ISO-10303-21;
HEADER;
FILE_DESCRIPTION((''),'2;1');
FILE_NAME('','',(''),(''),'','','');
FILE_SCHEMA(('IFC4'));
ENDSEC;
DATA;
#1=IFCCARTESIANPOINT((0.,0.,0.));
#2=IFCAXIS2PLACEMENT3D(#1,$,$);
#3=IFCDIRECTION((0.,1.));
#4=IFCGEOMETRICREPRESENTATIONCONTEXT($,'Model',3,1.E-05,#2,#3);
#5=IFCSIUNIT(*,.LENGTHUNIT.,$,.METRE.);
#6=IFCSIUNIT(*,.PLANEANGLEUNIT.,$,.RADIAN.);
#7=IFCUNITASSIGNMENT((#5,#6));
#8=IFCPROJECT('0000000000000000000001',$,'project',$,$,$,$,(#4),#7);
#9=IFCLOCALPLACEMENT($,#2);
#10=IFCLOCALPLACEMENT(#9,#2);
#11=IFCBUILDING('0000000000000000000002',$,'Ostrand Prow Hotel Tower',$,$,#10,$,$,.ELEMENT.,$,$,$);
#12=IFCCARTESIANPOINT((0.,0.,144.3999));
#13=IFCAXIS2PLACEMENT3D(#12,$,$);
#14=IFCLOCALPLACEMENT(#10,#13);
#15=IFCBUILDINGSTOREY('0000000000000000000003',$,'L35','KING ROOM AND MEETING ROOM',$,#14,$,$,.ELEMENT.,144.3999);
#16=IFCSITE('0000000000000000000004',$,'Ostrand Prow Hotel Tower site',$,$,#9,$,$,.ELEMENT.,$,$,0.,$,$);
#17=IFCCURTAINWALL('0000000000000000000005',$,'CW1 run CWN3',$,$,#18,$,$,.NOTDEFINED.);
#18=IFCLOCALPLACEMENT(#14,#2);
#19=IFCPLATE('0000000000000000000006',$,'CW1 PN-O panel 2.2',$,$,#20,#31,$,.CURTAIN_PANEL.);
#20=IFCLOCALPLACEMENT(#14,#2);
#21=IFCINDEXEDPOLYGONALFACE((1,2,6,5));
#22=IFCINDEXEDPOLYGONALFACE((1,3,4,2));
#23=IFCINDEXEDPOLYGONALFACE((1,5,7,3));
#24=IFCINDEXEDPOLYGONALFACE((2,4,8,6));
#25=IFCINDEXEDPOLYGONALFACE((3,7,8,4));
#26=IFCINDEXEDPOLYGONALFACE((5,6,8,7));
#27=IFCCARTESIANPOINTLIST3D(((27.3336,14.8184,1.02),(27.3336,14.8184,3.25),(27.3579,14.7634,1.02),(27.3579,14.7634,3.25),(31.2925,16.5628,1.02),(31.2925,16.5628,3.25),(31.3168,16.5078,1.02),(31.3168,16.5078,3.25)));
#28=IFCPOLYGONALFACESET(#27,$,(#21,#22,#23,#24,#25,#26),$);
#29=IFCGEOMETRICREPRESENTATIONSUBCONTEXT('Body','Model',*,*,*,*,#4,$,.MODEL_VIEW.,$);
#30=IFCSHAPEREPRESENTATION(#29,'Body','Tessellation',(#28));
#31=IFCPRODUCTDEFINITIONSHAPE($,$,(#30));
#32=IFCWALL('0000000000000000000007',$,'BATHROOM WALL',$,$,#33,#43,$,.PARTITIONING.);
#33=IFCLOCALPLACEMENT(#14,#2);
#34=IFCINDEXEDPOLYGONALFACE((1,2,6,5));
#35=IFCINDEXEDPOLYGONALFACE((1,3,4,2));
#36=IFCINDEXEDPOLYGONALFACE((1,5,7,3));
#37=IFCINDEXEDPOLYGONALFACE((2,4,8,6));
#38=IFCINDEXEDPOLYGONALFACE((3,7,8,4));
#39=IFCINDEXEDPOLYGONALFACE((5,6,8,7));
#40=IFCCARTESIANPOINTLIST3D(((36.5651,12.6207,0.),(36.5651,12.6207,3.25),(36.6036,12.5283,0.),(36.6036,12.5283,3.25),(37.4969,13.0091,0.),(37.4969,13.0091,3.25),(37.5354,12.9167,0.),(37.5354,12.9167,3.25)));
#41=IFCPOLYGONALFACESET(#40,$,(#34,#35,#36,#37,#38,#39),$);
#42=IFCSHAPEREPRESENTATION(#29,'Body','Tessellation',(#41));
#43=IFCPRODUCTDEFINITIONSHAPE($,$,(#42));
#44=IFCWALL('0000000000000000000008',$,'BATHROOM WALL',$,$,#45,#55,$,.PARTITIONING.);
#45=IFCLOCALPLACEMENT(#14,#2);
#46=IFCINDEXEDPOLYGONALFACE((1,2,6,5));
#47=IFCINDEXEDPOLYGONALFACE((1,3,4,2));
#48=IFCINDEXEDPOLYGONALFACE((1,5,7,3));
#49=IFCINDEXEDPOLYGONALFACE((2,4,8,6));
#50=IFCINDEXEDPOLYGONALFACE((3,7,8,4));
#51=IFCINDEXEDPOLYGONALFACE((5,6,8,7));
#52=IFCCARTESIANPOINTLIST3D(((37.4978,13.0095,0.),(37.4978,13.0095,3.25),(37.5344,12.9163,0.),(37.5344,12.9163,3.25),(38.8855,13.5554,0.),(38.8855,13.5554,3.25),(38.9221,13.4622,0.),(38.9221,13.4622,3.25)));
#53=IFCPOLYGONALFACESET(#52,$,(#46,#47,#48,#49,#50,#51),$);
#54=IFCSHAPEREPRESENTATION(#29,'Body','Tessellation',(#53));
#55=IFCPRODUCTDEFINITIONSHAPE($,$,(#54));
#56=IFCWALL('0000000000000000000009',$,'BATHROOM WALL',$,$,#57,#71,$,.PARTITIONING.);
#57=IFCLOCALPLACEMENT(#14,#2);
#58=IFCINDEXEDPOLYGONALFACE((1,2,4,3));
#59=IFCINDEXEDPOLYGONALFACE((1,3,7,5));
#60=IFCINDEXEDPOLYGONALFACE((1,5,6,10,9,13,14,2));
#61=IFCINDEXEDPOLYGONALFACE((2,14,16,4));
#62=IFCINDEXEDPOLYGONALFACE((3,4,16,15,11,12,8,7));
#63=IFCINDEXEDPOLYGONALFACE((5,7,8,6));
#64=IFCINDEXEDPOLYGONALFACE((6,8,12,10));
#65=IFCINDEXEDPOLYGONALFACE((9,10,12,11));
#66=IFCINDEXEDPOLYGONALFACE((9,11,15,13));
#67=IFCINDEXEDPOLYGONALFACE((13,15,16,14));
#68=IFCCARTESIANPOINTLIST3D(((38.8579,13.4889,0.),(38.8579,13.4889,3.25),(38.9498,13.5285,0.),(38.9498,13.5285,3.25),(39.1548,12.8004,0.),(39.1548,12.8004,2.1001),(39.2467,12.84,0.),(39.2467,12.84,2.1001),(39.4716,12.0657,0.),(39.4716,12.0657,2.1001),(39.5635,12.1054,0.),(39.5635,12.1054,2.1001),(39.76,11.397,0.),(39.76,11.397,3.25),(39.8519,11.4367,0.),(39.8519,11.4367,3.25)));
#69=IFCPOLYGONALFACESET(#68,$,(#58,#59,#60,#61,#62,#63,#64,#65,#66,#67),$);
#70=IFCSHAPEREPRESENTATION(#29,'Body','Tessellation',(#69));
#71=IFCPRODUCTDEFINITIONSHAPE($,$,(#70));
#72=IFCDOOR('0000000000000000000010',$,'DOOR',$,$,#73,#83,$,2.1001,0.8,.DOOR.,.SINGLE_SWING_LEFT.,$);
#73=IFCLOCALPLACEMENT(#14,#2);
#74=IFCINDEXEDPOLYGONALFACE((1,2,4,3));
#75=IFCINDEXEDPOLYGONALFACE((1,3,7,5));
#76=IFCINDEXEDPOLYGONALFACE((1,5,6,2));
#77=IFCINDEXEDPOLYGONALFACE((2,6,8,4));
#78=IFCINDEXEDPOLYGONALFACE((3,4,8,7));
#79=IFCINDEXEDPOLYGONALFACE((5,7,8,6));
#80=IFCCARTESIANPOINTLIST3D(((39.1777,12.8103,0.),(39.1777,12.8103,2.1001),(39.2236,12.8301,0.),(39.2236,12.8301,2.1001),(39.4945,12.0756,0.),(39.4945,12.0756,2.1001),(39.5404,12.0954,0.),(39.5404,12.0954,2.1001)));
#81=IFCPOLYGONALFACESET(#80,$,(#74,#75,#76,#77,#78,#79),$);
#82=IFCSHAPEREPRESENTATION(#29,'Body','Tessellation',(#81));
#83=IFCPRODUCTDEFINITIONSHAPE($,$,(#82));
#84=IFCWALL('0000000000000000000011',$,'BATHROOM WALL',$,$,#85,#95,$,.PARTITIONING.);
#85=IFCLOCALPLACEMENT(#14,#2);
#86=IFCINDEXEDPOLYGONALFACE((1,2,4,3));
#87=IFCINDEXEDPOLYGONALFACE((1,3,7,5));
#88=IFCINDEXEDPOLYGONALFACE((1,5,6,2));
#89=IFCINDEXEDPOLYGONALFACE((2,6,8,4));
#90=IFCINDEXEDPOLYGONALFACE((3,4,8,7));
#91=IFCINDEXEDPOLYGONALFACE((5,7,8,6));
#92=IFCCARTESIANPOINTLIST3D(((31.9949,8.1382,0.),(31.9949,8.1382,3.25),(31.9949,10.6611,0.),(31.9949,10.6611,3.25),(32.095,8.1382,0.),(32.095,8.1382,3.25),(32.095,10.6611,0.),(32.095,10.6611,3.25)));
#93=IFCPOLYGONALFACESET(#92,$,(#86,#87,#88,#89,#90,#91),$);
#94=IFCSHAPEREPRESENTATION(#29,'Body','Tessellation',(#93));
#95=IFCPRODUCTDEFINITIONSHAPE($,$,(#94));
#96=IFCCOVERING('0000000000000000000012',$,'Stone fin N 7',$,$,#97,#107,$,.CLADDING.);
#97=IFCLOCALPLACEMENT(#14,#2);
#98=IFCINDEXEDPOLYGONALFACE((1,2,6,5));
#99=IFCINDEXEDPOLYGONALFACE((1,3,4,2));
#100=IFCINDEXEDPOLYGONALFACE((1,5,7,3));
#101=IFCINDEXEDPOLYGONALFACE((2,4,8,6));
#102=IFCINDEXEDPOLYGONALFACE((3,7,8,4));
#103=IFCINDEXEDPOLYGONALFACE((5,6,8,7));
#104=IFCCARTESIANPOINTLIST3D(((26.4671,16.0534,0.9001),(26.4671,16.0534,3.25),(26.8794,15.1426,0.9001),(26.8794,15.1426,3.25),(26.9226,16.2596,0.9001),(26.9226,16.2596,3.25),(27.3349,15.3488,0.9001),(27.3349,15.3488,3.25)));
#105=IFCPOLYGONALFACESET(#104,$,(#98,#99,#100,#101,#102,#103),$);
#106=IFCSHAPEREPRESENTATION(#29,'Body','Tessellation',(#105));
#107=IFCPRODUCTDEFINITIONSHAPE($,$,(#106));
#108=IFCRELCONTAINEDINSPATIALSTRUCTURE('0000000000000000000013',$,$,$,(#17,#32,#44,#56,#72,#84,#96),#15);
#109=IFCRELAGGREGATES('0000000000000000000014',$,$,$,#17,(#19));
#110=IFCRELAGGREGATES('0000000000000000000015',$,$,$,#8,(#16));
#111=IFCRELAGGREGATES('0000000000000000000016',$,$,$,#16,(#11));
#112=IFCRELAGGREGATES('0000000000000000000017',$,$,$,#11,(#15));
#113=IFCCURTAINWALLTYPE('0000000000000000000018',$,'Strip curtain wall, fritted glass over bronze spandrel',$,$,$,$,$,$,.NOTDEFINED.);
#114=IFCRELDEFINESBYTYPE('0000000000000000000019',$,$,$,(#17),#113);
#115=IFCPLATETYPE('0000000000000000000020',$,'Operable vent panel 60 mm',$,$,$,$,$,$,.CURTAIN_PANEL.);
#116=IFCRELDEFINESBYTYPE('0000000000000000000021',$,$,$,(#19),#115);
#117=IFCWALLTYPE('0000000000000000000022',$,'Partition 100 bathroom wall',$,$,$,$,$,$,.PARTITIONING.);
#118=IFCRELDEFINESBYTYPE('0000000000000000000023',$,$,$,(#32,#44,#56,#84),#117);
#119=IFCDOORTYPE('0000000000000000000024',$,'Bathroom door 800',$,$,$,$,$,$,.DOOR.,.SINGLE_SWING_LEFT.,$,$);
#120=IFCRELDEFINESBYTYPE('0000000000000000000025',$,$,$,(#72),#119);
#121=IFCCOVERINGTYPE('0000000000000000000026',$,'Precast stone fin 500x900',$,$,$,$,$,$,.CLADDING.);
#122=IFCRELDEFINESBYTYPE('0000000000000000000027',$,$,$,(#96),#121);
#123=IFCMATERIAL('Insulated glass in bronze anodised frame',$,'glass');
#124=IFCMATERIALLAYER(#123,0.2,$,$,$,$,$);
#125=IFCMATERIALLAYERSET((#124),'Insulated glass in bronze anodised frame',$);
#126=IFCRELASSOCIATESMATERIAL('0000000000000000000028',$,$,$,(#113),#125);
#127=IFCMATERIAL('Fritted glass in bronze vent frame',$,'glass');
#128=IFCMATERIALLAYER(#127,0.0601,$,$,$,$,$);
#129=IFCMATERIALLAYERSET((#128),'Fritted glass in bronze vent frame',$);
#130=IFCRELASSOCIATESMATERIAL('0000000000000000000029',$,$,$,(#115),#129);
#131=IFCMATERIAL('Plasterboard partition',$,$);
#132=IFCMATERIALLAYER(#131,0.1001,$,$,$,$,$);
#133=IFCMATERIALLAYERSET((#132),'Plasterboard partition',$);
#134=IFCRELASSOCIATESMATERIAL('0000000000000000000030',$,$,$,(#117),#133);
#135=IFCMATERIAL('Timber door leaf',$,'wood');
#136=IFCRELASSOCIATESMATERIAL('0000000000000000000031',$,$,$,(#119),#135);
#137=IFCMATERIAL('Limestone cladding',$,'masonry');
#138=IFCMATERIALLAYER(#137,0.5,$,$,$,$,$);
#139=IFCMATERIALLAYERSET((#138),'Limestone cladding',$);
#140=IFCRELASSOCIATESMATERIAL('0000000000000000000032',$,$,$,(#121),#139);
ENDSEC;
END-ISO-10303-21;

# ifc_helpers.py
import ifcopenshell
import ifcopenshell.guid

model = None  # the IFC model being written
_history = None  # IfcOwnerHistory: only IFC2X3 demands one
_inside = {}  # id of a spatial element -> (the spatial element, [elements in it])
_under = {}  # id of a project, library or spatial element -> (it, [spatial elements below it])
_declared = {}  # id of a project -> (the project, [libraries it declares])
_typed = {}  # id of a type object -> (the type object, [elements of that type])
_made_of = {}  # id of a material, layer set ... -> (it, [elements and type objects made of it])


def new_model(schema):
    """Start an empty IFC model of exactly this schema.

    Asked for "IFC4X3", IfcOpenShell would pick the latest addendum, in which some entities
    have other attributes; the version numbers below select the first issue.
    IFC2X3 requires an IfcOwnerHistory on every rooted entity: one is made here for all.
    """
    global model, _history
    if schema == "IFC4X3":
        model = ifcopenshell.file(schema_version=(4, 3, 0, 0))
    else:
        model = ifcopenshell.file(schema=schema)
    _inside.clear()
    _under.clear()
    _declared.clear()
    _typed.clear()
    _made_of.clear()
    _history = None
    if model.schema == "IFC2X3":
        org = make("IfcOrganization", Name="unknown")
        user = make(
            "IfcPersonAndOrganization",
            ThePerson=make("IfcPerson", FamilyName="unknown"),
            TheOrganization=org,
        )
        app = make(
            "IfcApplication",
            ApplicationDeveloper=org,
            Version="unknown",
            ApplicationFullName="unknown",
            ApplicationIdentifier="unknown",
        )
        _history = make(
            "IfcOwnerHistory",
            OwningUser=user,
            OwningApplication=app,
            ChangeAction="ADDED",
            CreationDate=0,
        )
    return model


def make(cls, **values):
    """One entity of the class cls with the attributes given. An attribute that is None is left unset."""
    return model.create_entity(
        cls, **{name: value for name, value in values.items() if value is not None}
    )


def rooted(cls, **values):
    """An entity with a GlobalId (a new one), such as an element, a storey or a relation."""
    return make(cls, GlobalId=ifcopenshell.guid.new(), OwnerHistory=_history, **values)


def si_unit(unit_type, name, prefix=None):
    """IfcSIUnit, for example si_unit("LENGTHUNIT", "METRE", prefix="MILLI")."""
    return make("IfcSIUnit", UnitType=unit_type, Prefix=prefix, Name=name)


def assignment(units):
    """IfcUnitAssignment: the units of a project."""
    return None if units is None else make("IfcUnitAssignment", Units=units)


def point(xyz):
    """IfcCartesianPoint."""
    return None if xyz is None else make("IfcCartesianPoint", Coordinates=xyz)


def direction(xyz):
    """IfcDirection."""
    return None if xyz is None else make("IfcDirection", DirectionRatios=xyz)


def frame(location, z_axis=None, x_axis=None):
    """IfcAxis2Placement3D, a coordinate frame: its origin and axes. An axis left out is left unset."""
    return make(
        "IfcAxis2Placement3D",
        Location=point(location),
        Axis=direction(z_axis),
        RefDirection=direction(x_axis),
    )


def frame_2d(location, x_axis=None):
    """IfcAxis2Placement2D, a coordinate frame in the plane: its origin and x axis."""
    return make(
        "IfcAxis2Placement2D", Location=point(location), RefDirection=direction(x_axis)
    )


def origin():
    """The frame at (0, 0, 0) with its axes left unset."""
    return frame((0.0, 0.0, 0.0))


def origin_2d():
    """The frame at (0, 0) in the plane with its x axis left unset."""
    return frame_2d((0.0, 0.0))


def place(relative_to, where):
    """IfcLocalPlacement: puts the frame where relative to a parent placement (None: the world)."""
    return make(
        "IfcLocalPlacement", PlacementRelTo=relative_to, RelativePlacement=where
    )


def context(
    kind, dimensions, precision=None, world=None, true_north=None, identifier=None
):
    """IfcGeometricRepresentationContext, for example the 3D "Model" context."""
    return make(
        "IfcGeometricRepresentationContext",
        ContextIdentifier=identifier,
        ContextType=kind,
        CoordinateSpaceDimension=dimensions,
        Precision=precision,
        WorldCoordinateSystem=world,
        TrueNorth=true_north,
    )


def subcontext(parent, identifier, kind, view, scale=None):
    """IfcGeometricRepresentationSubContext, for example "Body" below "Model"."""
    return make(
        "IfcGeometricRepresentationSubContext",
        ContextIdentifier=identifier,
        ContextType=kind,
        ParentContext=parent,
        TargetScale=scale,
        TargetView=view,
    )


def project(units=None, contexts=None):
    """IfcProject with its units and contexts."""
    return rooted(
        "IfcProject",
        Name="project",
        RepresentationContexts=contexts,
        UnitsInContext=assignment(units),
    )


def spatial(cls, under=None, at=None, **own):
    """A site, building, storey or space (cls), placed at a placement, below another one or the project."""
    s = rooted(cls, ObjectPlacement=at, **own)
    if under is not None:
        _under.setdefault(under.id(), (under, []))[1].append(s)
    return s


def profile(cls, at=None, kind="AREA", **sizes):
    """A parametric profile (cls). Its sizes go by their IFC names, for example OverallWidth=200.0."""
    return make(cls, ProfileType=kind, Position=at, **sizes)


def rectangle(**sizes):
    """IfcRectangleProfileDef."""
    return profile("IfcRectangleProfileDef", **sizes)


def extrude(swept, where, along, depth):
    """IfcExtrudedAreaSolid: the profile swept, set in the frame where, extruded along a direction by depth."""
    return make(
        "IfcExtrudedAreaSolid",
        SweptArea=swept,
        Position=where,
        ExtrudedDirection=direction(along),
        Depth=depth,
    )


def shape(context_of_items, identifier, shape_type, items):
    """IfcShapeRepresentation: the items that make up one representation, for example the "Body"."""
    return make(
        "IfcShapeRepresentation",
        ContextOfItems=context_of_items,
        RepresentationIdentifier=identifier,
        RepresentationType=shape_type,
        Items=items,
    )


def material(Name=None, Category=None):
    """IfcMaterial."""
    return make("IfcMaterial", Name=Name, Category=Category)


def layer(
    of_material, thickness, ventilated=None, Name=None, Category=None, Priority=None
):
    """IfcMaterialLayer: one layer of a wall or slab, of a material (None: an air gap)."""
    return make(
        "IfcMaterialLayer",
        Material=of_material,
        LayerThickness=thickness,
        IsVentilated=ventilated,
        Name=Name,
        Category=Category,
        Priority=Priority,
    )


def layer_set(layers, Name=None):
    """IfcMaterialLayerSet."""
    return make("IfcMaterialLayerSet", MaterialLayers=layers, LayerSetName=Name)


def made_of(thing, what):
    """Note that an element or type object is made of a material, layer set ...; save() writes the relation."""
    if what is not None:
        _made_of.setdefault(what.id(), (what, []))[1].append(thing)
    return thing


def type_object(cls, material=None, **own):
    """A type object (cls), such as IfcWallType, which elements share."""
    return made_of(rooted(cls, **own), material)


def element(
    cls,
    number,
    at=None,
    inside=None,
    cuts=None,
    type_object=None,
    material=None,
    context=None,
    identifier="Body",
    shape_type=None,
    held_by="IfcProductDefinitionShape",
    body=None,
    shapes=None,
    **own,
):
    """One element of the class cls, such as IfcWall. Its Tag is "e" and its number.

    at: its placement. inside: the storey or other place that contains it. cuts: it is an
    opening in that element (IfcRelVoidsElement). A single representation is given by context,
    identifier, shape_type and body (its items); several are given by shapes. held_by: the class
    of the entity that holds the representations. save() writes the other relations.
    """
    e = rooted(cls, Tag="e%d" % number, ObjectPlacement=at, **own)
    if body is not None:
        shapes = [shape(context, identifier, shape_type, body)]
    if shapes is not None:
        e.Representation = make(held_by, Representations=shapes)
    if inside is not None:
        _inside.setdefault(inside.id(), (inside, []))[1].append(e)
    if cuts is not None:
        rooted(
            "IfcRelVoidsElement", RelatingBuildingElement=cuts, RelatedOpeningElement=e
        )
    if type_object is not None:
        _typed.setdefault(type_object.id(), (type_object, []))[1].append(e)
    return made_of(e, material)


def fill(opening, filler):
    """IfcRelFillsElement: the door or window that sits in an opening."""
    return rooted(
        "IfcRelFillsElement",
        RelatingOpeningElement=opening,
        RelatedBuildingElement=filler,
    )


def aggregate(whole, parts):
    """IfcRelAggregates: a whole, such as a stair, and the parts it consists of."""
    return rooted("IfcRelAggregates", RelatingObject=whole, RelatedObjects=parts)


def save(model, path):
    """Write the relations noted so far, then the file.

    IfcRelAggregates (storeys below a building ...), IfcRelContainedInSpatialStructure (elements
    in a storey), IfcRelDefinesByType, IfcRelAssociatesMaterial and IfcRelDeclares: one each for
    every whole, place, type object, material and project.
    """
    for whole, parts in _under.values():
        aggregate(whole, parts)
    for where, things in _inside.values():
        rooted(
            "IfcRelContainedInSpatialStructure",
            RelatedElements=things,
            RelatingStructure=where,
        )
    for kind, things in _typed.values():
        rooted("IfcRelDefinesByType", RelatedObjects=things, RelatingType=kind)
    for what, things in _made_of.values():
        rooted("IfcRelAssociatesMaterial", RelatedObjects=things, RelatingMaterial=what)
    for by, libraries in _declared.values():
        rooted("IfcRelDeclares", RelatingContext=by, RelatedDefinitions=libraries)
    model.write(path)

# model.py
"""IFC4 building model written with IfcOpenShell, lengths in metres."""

from ifc_helpers import new_model, si_unit, direction, frame, frame_2d, origin, origin_2d, place, context, subcontext, project, spatial, rectangle, extrude, material, layer, layer_set, type_object, element, fill, aggregate, save


model = new_model("IFC4")

# Units and contexts
model_context = context("Model", 3, precision=1e-05, world=origin(), true_north=direction((0.0, 1.0)))
body_context = subcontext(model_context, "Body", "Model", "MODEL_VIEW")
ifc_project = project(units=[si_unit("LENGTHUNIT", "METRE"), si_unit("PLANEANGLEUNIT", "RADIAN")], contexts=[model_context])

# Site, building, storey
site_placement = place(None, origin())
site = spatial("IfcSite", under=ifc_project, at=site_placement, Name="Ostrand Prow Hotel Tower site", CompositionType="ELEMENT", RefElevation=0.0)
building_placement = place(site_placement, origin())
building = spatial("IfcBuilding", under=site, at=building_placement, Name="Ostrand Prow Hotel Tower", CompositionType="ELEMENT")
storey_placement = place(building_placement, frame((0.0, 0.0, 144.3999)))
storey = spatial("IfcBuildingStorey", under=building, at=storey_placement, Name="L35", Description="KING ROOM AND MEETING ROOM", CompositionType="ELEMENT", Elevation=144.3999)

# Shared definitions
ifc_material_1 = material(Name="Insulated glass in bronze anodised frame", Category="glass")
ifc_layer_1 = layer(ifc_material_1, 0.2)
ifc_layer_set_1 = layer_set([ifc_layer_1], Name="Insulated glass in bronze anodised frame")
curtain_wall_type = type_object("IfcCurtainWallType", Name="Strip curtain wall, fritted glass over bronze spandrel", PredefinedType="NOTDEFINED", material=ifc_layer_set_1)

# Curtain wall
curtain_wall_1_placement = place(storey_placement, origin())
curtain_wall_1 = element("IfcCurtainWall", 1, at=curtain_wall_1_placement, inside=storey, type_object=curtain_wall_type, Name="CW1 run CWN3", PredefinedType="NOTDEFINED")

# Plate
ifc_material_2 = material(Name="Fritted glass in bronze vent frame", Category="glass")
ifc_layer_2 = layer(ifc_material_2, 0.0601)
ifc_layer_set_2 = layer_set([ifc_layer_2], Name="Fritted glass in bronze vent frame")
plate_type_1 = type_object("IfcPlateType", Name="Operable vent panel 60 mm", PredefinedType="CURTAIN_PANEL", material=ifc_layer_set_2)
plate_1_placement = place(storey_placement, frame((29.3252, 15.6631, 1.02), z_axis=(0.0, 0.0, 1.0), x_axis=(-0.915106, -0.403213, 0.0)))
plate_1 = element("IfcPlate", 2, at=plate_1_placement, type_object=plate_type_1, Name="CW1 PN-O panel 2.2", PredefinedType="CURTAIN_PANEL", context=body_context, shape_type="SweptSolid", body=[
    extrude(rectangle(XDim=4.3262, YDim=0.0601, at=origin_2d()), origin(), (0.0, 0.0, 1.0), 2.23),
])
aggregate(curtain_wall_1, [plate_1])

# Walls
ifc_material_3 = material(Name="Plasterboard partition")
ifc_layer_3 = layer(ifc_material_3, 0.1001)
ifc_layer_set_3 = layer_set([ifc_layer_3], Name="Plasterboard partition")
wall_type = type_object("IfcWallType", Name="Partition 100 bathroom wall", PredefinedType="PARTITIONING", material=ifc_layer_set_3)
wall_1_placement = place(storey_placement, frame((36.5842, 12.5745, 0.0), z_axis=(0.0, 0.0, 1.0), x_axis=(0.923027, 0.384736, 0.0)))
element("IfcWall", 3, at=wall_1_placement, inside=storey, type_object=wall_type, Name="BATHROOM WALL", PredefinedType="PARTITIONING", context=body_context, shape_type="SweptSolid", body=[
    extrude(rectangle(XDim=1.0095, YDim=0.1001, at=frame_2d((0.5049, 0.0))), origin(), (0.0, 0.0, 1.0), 3.25),
])
wall_2_placement = place(storey_placement, frame((37.5161, 12.9629, 0.0), z_axis=(0.0, 0.0, 1.0), x_axis=(0.930584, 0.366078, 0.0)))
element("IfcWall", 4, at=wall_2_placement, inside=storey, type_object=wall_type, Name="BATHROOM WALL", PredefinedType="PARTITIONING", context=body_context, shape_type="SweptSolid", body=[
    extrude(rectangle(XDim=1.4912, YDim=0.1001, at=frame_2d((0.7456, 0.0))), origin(), (0.0, 0.0, 1.0), 3.25),
])

# Wall, opening, door
wall_3_placement = place(storey_placement, frame((38.9038, 13.5088, 0.0), z_axis=(0.0, 0.0, 1.0), x_axis=(0.396001, -0.91825, 0.0)))
wall_3 = element("IfcWall", 5, at=wall_3_placement, inside=storey, type_object=wall_type, Name="BATHROOM WALL", PredefinedType="PARTITIONING", context=body_context, shape_type="SweptSolid", body=[
    extrude(rectangle(XDim=2.2781, YDim=0.1001, at=frame_2d((1.1392, 0.0))), origin(), (0.0, 0.0, 1.0), 3.25),
])
opening_placement = place(wall_3_placement, frame((0.75, 0.0, 0.0)))
opening = element("IfcOpeningElement", 6, at=opening_placement, cuts=wall_3, PredefinedType="OPENING", context=body_context, shape_type="SweptSolid", body=[
    extrude(rectangle(XDim=0.8, YDim=2.1001, at=frame_2d((0.3999, 1.05))), frame((0.0, 0.0601, 0.0), z_axis=(0.0, -1.0, 0.0), x_axis=(1.0, 0.0, 0.0)), (0.0, 0.0, 1.0), 0.1201),
])
ifc_material_4 = material(Name="Timber door leaf", Category="wood")
door_type = type_object("IfcDoorType", Name="Bathroom door 800", OperationType="SINGLE_SWING_LEFT", PredefinedType="DOOR", material=ifc_material_4)
door_placement = place(opening_placement, origin())
door = element("IfcDoor", 7, at=door_placement, inside=storey, type_object=door_type, Name="DOOR", OperationType="SINGLE_SWING_LEFT", OverallHeight=2.1001, OverallWidth=0.8, PredefinedType="DOOR", context=body_context, shape_type="SweptSolid", body=[
    extrude(rectangle(XDim=0.8, YDim=2.1001, at=frame_2d((0.3999, 1.05))), frame((0.0, 0.0249, 0.0), z_axis=(0.0, -1.0, 0.0), x_axis=(1.0, 0.0, 0.0)), (0.0, 0.0, 1.0), 0.05),
])
fill(opening, door)

# Wall
wall_4_placement = place(storey_placement, frame((32.0449, 10.6611, 0.0), z_axis=(0.0, 0.0, 1.0), x_axis=(0.0, -1.0, 0.0)))
element("IfcWall", 8, at=wall_4_placement, inside=storey, type_object=wall_type, Name="BATHROOM WALL", PredefinedType="PARTITIONING", context=body_context, shape_type="SweptSolid", body=[
    extrude(rectangle(XDim=2.5229, YDim=0.1001, at=frame_2d((1.2615, 0.0))), origin(), (0.0, 0.0, 1.0), 3.25),
])

# Covering
ifc_material_5 = material(Name="Limestone cladding", Category="masonry")
ifc_layer_4 = layer(ifc_material_5, 0.5)
ifc_layer_set_4 = layer_set([ifc_layer_4], Name="Limestone cladding")
covering_type = type_object("IfcCoveringType", Name="Precast stone fin 500x900", PredefinedType="CLADDING", material=ifc_layer_set_4)
covering_placement = place(storey_placement, frame((27.1072, 15.2456, 0.9001), z_axis=(0.0, 0.0, 1.0), x_axis=(-0.412404, 0.911001, 0.0)))
element("IfcCovering", 9, at=covering_placement, inside=storey, type_object=covering_type, Name="Stone fin N 7", PredefinedType="CLADDING", context=body_context, shape_type="SweptSolid", body=[
    extrude(rectangle(XDim=0.9998, YDim=0.5, at=frame_2d((0.5, 0.0))), origin(), (0.0, 0.0, 1.0), 2.3499),
])

save(model, "model.ifc")
